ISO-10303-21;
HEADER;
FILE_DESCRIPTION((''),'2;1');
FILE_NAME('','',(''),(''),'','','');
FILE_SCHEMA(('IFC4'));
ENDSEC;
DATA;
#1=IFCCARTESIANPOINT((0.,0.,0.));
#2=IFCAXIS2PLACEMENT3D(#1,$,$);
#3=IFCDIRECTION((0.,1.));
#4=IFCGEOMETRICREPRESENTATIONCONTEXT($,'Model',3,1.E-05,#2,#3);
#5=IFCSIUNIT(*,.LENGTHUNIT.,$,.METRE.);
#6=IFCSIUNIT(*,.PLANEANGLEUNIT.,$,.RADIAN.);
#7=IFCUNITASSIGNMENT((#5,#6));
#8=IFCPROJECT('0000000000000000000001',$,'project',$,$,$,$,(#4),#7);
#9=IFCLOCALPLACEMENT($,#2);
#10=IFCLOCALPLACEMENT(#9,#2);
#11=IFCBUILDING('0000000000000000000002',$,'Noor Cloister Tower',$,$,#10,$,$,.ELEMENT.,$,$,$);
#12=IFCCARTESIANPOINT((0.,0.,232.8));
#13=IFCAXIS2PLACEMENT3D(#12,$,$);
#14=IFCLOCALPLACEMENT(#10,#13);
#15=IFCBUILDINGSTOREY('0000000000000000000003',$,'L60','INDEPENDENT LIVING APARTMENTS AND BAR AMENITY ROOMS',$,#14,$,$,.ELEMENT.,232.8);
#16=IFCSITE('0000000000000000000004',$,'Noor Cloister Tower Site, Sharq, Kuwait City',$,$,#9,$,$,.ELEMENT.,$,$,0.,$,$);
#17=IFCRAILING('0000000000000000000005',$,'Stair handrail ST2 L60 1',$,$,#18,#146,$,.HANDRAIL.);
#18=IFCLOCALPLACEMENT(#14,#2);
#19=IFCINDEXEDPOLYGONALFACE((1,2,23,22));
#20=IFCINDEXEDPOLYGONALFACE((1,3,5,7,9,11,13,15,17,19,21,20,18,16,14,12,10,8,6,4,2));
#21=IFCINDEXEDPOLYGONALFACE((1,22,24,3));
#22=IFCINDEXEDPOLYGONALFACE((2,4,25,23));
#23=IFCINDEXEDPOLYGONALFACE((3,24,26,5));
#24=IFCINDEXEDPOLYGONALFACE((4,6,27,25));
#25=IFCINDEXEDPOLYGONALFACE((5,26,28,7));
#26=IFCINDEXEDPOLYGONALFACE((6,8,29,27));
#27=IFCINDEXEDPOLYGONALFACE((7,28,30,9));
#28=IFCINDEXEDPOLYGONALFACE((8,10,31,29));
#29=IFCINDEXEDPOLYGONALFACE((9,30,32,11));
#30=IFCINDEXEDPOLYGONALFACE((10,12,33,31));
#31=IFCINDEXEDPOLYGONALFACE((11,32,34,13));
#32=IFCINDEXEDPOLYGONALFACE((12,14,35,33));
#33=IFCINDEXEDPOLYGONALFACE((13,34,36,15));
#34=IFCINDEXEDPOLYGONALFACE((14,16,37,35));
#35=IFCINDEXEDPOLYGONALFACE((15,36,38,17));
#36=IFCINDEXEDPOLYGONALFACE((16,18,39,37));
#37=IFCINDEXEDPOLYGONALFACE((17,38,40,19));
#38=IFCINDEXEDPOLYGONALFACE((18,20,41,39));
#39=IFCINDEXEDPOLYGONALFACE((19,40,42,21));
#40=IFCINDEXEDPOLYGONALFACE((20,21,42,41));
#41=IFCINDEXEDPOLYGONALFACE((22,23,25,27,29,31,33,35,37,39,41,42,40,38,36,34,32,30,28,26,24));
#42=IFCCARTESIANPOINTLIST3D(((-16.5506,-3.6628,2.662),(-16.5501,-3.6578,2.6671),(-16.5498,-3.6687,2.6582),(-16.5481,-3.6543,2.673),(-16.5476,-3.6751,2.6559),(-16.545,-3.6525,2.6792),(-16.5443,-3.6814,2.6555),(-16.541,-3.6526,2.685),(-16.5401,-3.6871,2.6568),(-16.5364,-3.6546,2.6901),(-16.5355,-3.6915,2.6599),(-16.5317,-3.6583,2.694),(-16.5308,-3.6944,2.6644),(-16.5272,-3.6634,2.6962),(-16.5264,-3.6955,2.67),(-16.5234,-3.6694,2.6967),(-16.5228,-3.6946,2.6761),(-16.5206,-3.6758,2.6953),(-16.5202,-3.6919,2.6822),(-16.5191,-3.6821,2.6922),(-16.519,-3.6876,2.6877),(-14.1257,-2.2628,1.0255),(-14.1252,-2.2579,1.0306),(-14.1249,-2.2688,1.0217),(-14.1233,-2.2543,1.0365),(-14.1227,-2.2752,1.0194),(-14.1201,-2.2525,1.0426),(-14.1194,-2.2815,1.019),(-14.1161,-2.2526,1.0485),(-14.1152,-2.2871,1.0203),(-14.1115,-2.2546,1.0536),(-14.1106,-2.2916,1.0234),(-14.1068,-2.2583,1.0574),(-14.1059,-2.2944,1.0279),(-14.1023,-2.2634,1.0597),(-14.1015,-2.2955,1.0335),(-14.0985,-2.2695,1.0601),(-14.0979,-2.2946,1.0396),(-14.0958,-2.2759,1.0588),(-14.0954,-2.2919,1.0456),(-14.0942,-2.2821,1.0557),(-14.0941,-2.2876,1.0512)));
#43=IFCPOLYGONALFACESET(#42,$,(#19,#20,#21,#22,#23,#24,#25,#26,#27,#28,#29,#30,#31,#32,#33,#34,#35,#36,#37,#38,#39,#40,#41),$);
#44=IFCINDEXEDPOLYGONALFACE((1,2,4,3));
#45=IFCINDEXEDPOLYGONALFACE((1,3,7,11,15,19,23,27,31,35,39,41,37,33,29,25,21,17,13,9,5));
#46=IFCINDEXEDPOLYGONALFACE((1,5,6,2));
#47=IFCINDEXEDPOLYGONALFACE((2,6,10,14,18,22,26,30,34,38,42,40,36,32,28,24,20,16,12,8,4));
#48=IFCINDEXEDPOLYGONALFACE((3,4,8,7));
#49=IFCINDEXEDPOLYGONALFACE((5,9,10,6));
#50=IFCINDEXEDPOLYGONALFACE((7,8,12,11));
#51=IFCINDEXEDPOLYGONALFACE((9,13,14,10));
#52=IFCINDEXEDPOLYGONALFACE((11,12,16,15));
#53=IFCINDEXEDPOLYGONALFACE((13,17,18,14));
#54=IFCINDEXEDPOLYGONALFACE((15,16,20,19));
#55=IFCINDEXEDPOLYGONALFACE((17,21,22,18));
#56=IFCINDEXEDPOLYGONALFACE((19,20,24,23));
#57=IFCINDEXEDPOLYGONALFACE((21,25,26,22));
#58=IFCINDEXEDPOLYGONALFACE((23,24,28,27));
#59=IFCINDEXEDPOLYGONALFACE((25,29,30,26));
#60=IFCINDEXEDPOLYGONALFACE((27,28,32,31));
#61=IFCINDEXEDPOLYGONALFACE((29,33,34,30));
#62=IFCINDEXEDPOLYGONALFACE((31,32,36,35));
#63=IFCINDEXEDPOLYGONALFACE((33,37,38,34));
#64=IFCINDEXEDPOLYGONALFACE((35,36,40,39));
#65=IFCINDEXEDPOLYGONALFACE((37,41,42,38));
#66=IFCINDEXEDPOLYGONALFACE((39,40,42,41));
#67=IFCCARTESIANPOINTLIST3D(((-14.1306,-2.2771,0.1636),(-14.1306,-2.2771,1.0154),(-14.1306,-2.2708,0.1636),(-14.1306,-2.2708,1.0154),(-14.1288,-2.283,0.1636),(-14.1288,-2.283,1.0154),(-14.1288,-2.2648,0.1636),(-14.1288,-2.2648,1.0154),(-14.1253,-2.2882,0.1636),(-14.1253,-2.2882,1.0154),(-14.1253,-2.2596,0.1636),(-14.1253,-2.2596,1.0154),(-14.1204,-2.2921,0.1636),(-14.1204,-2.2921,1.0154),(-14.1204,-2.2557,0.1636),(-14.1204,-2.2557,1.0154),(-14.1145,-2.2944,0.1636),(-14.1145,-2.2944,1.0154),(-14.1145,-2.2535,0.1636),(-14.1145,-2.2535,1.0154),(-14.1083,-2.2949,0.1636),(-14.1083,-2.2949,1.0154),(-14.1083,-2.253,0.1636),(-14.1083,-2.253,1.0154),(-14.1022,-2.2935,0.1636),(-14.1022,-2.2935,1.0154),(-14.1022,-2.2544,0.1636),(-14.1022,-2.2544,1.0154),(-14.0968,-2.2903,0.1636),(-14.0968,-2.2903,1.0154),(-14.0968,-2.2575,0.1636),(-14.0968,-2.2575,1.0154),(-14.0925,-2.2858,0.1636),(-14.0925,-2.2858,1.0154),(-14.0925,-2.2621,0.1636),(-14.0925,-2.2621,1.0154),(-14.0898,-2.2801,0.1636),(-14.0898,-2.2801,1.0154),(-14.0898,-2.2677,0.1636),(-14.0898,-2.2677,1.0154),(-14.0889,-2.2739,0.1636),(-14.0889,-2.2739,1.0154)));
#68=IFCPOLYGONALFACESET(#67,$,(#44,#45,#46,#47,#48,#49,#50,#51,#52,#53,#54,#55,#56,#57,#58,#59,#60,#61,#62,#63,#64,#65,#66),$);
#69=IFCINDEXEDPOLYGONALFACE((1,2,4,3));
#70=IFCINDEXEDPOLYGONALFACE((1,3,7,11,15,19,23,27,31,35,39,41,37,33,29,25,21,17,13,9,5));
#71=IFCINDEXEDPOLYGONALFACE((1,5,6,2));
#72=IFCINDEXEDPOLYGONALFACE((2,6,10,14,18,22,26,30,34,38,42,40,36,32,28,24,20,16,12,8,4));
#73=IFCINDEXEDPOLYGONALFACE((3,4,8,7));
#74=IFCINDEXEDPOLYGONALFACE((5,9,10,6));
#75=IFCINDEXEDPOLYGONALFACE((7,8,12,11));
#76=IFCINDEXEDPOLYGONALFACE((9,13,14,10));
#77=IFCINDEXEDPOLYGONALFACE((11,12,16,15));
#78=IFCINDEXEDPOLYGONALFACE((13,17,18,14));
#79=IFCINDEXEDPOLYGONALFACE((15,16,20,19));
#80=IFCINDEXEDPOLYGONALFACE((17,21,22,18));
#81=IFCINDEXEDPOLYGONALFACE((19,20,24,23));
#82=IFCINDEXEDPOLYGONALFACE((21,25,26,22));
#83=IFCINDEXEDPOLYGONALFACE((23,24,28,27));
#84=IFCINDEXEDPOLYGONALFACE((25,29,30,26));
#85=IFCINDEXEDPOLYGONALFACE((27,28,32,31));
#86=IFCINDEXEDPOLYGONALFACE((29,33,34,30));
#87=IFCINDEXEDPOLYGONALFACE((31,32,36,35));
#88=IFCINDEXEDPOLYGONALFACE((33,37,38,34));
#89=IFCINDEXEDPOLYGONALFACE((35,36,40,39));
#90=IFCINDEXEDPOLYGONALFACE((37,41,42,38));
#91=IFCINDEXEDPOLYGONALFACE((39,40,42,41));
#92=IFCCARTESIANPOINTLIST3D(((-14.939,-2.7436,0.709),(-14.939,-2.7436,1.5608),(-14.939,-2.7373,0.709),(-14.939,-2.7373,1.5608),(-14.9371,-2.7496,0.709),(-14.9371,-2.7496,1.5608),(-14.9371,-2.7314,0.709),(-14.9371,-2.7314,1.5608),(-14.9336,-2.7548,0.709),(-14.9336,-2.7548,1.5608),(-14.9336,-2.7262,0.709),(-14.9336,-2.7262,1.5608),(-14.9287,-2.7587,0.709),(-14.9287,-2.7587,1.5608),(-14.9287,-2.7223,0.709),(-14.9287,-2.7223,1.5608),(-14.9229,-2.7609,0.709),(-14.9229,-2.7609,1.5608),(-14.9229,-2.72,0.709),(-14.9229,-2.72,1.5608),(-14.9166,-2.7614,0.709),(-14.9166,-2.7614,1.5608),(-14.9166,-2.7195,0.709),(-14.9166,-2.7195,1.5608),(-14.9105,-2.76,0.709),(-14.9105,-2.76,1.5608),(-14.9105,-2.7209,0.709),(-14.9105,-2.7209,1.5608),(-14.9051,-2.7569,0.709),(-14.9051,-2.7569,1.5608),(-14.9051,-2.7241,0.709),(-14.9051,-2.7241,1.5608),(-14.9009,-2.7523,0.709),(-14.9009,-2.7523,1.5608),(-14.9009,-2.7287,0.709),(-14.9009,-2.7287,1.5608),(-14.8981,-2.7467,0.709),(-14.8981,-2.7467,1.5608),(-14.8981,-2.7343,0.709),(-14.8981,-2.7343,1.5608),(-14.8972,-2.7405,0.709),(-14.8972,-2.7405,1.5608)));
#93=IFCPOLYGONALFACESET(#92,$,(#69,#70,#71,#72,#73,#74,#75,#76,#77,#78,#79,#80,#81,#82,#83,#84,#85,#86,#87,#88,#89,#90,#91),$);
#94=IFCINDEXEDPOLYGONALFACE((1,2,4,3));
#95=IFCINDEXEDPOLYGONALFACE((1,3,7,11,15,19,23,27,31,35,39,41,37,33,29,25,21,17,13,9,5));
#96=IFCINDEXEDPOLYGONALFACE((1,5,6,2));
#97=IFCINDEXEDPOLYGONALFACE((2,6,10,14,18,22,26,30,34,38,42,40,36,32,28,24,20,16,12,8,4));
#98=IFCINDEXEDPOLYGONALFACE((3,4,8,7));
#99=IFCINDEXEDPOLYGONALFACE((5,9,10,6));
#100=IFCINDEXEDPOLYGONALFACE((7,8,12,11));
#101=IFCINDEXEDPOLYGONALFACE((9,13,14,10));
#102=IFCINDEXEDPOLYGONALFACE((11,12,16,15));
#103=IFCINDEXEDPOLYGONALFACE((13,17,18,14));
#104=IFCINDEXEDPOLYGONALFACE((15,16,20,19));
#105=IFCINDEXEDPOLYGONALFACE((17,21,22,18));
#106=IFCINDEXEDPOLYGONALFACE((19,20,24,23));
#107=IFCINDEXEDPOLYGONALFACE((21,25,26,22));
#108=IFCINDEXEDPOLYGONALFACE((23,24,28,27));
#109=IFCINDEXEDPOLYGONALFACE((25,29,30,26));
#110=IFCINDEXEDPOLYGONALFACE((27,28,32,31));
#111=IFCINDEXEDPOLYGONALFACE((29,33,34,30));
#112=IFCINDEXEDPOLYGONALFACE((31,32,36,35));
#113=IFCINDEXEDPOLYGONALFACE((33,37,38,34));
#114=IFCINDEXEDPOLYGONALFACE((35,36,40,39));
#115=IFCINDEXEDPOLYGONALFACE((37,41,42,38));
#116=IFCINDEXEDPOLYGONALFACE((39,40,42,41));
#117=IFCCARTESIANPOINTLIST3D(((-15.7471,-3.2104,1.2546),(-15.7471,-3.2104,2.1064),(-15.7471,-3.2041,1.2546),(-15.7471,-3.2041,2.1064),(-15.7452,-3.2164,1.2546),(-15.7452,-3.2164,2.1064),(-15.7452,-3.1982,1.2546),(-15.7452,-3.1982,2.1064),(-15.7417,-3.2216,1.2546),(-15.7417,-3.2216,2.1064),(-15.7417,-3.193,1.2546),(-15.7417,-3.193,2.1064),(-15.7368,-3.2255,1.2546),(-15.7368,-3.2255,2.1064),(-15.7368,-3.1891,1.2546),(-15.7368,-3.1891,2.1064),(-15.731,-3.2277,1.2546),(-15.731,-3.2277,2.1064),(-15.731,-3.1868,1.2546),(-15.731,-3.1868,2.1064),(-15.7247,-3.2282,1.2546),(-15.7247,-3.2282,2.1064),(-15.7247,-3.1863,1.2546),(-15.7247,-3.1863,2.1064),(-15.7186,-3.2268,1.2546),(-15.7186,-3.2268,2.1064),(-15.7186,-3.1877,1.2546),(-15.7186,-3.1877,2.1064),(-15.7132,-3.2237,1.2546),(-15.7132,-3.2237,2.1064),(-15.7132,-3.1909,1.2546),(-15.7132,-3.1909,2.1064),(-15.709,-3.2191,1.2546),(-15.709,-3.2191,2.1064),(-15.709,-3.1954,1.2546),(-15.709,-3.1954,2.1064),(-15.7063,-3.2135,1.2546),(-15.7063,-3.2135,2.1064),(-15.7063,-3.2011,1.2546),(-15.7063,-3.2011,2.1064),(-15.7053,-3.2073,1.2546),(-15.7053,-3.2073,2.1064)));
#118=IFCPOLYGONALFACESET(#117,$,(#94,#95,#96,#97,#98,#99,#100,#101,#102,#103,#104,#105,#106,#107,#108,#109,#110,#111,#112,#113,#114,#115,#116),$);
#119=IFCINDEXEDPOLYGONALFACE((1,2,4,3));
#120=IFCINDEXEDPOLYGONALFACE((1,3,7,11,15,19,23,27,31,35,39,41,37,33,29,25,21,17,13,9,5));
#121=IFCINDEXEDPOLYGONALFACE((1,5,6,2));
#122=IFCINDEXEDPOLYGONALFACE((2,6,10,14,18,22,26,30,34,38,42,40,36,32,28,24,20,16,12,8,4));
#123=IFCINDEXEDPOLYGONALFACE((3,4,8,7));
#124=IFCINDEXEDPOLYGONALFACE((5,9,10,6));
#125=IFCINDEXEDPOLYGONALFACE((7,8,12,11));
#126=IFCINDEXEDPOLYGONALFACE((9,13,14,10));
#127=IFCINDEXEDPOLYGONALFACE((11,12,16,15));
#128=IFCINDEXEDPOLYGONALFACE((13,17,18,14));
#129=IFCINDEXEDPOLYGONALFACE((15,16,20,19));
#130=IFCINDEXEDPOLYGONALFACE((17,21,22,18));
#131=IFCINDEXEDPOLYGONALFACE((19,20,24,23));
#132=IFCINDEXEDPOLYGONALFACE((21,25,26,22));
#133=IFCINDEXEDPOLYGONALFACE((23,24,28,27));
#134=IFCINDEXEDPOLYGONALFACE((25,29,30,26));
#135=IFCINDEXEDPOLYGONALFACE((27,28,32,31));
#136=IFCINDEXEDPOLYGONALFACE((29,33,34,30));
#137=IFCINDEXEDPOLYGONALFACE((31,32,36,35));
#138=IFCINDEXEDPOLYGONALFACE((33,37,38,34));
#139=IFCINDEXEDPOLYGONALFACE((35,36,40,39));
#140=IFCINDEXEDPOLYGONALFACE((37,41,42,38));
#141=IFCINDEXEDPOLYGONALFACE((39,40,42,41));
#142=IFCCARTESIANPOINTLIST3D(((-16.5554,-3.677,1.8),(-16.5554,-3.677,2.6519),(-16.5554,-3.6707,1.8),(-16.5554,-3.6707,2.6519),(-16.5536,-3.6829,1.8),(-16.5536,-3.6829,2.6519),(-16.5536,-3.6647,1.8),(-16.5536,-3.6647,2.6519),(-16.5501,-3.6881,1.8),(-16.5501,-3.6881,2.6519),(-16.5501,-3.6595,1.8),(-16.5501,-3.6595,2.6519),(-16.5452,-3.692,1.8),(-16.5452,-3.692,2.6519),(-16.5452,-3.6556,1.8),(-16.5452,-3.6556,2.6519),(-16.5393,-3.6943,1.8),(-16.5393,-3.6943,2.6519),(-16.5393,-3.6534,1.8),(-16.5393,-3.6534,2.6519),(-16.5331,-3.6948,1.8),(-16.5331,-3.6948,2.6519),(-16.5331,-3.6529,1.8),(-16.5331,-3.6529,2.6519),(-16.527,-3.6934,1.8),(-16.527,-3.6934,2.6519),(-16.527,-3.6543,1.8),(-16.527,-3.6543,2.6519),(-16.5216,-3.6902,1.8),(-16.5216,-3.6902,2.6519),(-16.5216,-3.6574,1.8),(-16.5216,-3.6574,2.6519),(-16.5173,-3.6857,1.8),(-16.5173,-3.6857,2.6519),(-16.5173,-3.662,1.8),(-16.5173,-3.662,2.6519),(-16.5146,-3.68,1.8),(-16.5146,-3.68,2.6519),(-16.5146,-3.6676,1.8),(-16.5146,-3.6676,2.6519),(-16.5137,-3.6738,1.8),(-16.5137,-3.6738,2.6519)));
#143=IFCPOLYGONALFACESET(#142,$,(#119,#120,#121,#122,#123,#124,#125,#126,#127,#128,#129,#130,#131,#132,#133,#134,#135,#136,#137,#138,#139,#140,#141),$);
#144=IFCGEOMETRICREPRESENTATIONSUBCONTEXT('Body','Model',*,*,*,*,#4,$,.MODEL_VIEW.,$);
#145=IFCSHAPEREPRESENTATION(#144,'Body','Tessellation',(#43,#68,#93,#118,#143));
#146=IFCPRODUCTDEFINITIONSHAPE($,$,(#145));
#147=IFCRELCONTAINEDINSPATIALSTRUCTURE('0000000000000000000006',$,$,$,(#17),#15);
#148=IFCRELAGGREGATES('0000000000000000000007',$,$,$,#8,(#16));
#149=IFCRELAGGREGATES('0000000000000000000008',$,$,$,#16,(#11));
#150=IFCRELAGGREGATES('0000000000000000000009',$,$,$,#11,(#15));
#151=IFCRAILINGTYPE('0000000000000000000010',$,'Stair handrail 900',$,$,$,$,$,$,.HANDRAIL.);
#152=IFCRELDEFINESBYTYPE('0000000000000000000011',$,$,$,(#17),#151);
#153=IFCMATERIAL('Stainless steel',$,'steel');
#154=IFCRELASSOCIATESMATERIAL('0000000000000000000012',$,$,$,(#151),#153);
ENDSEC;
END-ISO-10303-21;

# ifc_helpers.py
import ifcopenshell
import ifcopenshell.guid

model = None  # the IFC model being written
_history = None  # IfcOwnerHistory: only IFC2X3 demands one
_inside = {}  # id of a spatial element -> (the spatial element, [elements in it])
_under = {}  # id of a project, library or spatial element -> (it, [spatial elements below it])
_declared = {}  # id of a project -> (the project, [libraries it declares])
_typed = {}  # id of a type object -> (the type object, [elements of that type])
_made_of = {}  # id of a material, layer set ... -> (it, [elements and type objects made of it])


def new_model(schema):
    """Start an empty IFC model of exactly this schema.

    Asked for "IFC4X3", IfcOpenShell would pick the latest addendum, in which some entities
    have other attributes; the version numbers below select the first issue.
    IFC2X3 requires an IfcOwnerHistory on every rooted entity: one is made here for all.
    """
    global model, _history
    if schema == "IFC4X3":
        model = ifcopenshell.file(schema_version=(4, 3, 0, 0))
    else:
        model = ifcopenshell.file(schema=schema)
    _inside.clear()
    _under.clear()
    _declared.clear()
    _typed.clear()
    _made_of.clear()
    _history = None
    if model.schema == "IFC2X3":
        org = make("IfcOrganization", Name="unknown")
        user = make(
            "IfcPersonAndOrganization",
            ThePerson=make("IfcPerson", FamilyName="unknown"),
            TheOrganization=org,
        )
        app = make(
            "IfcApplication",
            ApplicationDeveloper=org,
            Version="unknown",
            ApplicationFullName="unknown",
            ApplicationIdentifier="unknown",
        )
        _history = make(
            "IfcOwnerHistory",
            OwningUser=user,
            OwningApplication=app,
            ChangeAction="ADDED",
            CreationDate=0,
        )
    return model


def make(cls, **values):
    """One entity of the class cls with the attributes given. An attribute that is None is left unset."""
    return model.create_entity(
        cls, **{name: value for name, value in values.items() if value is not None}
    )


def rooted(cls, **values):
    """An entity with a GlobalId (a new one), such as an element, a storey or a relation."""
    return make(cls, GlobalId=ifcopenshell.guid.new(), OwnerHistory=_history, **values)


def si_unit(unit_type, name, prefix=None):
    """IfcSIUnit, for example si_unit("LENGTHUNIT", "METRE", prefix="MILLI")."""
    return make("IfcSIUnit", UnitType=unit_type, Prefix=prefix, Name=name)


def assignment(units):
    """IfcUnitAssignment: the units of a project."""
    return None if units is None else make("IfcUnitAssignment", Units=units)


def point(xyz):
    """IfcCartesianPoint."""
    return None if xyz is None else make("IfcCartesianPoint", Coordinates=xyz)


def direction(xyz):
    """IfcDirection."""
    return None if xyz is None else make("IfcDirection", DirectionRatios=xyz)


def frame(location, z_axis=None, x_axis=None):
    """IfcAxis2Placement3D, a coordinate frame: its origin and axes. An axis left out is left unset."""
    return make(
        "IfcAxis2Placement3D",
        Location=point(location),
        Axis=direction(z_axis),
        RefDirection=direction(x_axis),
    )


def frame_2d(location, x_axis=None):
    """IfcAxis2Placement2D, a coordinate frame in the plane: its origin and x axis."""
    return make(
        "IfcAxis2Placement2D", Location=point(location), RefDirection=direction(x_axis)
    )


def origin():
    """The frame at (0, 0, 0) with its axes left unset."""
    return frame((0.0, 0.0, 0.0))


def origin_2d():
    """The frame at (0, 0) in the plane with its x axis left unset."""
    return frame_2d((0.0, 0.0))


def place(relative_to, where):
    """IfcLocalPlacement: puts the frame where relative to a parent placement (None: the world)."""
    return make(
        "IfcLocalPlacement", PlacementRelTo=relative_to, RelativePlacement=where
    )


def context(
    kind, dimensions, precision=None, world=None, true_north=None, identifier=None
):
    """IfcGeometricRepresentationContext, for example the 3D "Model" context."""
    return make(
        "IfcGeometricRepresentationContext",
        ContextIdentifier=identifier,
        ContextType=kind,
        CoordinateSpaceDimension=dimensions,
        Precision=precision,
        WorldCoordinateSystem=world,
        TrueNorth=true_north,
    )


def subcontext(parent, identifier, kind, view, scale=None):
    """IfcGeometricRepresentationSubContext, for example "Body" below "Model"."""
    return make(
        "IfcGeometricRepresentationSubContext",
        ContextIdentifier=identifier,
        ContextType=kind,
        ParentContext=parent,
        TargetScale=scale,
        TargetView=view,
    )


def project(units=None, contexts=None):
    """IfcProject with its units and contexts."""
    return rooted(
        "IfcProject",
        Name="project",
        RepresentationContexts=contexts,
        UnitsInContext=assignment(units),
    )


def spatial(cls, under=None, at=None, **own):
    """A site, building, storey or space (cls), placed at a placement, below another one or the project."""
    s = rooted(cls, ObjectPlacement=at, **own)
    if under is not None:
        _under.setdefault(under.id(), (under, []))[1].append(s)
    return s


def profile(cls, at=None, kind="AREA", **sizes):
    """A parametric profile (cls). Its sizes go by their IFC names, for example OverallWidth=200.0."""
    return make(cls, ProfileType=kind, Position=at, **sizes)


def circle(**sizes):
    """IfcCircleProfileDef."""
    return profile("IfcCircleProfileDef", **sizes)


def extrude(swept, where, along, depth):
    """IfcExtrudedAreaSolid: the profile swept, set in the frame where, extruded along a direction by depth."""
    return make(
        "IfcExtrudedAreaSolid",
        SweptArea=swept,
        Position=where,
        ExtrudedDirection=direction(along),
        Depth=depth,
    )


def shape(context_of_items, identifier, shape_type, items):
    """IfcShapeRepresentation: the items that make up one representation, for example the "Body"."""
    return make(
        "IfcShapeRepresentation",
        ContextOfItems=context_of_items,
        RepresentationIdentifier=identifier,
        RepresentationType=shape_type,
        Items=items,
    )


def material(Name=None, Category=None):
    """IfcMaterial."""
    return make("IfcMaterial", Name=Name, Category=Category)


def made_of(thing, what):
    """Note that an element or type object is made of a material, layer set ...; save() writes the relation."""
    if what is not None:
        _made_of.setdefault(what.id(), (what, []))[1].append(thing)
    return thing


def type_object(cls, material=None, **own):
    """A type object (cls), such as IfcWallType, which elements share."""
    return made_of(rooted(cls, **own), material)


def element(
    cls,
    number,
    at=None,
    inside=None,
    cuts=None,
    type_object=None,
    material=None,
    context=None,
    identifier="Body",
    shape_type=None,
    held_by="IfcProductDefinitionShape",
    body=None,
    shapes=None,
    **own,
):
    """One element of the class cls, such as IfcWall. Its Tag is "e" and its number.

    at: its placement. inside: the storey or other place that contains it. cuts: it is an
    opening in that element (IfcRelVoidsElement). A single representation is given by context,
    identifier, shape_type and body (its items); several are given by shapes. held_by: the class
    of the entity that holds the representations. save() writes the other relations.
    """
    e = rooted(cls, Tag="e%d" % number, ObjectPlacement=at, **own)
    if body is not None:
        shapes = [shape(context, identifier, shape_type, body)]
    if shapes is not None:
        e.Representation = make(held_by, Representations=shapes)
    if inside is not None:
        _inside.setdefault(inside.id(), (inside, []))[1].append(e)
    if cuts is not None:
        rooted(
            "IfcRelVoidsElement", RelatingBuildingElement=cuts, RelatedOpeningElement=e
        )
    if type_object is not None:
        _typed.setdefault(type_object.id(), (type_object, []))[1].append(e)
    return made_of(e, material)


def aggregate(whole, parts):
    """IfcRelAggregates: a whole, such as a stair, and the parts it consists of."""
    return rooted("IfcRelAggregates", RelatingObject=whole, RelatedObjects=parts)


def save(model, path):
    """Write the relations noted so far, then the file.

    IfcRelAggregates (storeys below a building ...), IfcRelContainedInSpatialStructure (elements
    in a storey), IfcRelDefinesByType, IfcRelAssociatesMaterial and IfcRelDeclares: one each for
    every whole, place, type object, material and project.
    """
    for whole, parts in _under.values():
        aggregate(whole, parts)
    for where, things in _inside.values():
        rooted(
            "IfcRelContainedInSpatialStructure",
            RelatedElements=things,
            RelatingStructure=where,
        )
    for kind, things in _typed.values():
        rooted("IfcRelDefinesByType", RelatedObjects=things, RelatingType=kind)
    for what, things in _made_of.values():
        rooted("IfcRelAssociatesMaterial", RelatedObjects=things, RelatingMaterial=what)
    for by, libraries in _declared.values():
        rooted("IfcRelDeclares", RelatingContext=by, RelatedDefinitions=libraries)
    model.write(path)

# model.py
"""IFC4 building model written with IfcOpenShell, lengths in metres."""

from ifc_helpers import new_model, si_unit, direction, frame, origin, origin_2d, place, context, subcontext, project, spatial, circle, extrude, material, type_object, element, save


model = new_model("IFC4")

# Units and contexts
model_context = context("Model", 3, precision=1e-05, world=origin(), true_north=direction((0.0, 1.0)))
body_context = subcontext(model_context, "Body", "Model", "MODEL_VIEW")
ifc_project = project(units=[si_unit("LENGTHUNIT", "METRE"), si_unit("PLANEANGLEUNIT", "RADIAN")], contexts=[model_context])

# Site, building, storey
site_placement = place(None, origin())
site = spatial("IfcSite", under=ifc_project, at=site_placement, Name="Noor Cloister Tower Site, Sharq, Kuwait City", CompositionType="ELEMENT", RefElevation=0.0)
building_placement = place(site_placement, origin())
building = spatial("IfcBuilding", under=site, at=building_placement, Name="Noor Cloister Tower", CompositionType="ELEMENT")
storey_placement = place(building_placement, frame((0.0, 0.0, 232.8)))
storey = spatial("IfcBuildingStorey", under=building, at=storey_placement, Name="L60", Description="INDEPENDENT LIVING APARTMENTS AND BAR AMENITY ROOMS", CompositionType="ELEMENT", Elevation=232.8)

# Railing
ifc_material_1 = material(Name="Stainless steel", Category="steel")
railing_type_1 = type_object("IfcRailingType", Name="Stair handrail 900", PredefinedType="HANDRAIL", material=ifc_material_1)
railing_1_placement = place(storey_placement, frame((-14.1099, -2.2739, 0.1636)))
element("IfcRailing", 1, at=railing_1_placement, inside=storey, type_object=railing_type_1, Name="Stair handrail ST2 L60 1", PredefinedType="HANDRAIL", context=body_context, shape_type="SweptSolid", body=[
    extrude(circle(Radius=0.0239, at=origin_2d()), frame((0.0, 0.0, 0.876), z_axis=(-0.74769, -0.431661, 0.504608), x_axis=(0.499984, -0.866035, 0.0)), (0.0, 0.0, 1.0), 3.2432),
    extrude(circle(Radius=0.021, at=origin_2d()), origin(), (0.0, 0.0, 1.0), 0.8518),
    extrude(circle(Radius=0.021, at=origin_2d()), frame((-0.8083, -0.4666, 0.5454)), (0.0, 0.0, 1.0), 0.8518),
    extrude(circle(Radius=0.021, at=origin_2d()), frame((-1.6165, -0.9333, 1.0911)), (0.0, 0.0, 1.0), 0.8518),
    extrude(circle(Radius=0.021, at=origin_2d()), frame((-2.4248, -1.3999, 1.6365)), (0.0, 0.0, 1.0), 0.8518),
])

save(model, "model.ifc")
